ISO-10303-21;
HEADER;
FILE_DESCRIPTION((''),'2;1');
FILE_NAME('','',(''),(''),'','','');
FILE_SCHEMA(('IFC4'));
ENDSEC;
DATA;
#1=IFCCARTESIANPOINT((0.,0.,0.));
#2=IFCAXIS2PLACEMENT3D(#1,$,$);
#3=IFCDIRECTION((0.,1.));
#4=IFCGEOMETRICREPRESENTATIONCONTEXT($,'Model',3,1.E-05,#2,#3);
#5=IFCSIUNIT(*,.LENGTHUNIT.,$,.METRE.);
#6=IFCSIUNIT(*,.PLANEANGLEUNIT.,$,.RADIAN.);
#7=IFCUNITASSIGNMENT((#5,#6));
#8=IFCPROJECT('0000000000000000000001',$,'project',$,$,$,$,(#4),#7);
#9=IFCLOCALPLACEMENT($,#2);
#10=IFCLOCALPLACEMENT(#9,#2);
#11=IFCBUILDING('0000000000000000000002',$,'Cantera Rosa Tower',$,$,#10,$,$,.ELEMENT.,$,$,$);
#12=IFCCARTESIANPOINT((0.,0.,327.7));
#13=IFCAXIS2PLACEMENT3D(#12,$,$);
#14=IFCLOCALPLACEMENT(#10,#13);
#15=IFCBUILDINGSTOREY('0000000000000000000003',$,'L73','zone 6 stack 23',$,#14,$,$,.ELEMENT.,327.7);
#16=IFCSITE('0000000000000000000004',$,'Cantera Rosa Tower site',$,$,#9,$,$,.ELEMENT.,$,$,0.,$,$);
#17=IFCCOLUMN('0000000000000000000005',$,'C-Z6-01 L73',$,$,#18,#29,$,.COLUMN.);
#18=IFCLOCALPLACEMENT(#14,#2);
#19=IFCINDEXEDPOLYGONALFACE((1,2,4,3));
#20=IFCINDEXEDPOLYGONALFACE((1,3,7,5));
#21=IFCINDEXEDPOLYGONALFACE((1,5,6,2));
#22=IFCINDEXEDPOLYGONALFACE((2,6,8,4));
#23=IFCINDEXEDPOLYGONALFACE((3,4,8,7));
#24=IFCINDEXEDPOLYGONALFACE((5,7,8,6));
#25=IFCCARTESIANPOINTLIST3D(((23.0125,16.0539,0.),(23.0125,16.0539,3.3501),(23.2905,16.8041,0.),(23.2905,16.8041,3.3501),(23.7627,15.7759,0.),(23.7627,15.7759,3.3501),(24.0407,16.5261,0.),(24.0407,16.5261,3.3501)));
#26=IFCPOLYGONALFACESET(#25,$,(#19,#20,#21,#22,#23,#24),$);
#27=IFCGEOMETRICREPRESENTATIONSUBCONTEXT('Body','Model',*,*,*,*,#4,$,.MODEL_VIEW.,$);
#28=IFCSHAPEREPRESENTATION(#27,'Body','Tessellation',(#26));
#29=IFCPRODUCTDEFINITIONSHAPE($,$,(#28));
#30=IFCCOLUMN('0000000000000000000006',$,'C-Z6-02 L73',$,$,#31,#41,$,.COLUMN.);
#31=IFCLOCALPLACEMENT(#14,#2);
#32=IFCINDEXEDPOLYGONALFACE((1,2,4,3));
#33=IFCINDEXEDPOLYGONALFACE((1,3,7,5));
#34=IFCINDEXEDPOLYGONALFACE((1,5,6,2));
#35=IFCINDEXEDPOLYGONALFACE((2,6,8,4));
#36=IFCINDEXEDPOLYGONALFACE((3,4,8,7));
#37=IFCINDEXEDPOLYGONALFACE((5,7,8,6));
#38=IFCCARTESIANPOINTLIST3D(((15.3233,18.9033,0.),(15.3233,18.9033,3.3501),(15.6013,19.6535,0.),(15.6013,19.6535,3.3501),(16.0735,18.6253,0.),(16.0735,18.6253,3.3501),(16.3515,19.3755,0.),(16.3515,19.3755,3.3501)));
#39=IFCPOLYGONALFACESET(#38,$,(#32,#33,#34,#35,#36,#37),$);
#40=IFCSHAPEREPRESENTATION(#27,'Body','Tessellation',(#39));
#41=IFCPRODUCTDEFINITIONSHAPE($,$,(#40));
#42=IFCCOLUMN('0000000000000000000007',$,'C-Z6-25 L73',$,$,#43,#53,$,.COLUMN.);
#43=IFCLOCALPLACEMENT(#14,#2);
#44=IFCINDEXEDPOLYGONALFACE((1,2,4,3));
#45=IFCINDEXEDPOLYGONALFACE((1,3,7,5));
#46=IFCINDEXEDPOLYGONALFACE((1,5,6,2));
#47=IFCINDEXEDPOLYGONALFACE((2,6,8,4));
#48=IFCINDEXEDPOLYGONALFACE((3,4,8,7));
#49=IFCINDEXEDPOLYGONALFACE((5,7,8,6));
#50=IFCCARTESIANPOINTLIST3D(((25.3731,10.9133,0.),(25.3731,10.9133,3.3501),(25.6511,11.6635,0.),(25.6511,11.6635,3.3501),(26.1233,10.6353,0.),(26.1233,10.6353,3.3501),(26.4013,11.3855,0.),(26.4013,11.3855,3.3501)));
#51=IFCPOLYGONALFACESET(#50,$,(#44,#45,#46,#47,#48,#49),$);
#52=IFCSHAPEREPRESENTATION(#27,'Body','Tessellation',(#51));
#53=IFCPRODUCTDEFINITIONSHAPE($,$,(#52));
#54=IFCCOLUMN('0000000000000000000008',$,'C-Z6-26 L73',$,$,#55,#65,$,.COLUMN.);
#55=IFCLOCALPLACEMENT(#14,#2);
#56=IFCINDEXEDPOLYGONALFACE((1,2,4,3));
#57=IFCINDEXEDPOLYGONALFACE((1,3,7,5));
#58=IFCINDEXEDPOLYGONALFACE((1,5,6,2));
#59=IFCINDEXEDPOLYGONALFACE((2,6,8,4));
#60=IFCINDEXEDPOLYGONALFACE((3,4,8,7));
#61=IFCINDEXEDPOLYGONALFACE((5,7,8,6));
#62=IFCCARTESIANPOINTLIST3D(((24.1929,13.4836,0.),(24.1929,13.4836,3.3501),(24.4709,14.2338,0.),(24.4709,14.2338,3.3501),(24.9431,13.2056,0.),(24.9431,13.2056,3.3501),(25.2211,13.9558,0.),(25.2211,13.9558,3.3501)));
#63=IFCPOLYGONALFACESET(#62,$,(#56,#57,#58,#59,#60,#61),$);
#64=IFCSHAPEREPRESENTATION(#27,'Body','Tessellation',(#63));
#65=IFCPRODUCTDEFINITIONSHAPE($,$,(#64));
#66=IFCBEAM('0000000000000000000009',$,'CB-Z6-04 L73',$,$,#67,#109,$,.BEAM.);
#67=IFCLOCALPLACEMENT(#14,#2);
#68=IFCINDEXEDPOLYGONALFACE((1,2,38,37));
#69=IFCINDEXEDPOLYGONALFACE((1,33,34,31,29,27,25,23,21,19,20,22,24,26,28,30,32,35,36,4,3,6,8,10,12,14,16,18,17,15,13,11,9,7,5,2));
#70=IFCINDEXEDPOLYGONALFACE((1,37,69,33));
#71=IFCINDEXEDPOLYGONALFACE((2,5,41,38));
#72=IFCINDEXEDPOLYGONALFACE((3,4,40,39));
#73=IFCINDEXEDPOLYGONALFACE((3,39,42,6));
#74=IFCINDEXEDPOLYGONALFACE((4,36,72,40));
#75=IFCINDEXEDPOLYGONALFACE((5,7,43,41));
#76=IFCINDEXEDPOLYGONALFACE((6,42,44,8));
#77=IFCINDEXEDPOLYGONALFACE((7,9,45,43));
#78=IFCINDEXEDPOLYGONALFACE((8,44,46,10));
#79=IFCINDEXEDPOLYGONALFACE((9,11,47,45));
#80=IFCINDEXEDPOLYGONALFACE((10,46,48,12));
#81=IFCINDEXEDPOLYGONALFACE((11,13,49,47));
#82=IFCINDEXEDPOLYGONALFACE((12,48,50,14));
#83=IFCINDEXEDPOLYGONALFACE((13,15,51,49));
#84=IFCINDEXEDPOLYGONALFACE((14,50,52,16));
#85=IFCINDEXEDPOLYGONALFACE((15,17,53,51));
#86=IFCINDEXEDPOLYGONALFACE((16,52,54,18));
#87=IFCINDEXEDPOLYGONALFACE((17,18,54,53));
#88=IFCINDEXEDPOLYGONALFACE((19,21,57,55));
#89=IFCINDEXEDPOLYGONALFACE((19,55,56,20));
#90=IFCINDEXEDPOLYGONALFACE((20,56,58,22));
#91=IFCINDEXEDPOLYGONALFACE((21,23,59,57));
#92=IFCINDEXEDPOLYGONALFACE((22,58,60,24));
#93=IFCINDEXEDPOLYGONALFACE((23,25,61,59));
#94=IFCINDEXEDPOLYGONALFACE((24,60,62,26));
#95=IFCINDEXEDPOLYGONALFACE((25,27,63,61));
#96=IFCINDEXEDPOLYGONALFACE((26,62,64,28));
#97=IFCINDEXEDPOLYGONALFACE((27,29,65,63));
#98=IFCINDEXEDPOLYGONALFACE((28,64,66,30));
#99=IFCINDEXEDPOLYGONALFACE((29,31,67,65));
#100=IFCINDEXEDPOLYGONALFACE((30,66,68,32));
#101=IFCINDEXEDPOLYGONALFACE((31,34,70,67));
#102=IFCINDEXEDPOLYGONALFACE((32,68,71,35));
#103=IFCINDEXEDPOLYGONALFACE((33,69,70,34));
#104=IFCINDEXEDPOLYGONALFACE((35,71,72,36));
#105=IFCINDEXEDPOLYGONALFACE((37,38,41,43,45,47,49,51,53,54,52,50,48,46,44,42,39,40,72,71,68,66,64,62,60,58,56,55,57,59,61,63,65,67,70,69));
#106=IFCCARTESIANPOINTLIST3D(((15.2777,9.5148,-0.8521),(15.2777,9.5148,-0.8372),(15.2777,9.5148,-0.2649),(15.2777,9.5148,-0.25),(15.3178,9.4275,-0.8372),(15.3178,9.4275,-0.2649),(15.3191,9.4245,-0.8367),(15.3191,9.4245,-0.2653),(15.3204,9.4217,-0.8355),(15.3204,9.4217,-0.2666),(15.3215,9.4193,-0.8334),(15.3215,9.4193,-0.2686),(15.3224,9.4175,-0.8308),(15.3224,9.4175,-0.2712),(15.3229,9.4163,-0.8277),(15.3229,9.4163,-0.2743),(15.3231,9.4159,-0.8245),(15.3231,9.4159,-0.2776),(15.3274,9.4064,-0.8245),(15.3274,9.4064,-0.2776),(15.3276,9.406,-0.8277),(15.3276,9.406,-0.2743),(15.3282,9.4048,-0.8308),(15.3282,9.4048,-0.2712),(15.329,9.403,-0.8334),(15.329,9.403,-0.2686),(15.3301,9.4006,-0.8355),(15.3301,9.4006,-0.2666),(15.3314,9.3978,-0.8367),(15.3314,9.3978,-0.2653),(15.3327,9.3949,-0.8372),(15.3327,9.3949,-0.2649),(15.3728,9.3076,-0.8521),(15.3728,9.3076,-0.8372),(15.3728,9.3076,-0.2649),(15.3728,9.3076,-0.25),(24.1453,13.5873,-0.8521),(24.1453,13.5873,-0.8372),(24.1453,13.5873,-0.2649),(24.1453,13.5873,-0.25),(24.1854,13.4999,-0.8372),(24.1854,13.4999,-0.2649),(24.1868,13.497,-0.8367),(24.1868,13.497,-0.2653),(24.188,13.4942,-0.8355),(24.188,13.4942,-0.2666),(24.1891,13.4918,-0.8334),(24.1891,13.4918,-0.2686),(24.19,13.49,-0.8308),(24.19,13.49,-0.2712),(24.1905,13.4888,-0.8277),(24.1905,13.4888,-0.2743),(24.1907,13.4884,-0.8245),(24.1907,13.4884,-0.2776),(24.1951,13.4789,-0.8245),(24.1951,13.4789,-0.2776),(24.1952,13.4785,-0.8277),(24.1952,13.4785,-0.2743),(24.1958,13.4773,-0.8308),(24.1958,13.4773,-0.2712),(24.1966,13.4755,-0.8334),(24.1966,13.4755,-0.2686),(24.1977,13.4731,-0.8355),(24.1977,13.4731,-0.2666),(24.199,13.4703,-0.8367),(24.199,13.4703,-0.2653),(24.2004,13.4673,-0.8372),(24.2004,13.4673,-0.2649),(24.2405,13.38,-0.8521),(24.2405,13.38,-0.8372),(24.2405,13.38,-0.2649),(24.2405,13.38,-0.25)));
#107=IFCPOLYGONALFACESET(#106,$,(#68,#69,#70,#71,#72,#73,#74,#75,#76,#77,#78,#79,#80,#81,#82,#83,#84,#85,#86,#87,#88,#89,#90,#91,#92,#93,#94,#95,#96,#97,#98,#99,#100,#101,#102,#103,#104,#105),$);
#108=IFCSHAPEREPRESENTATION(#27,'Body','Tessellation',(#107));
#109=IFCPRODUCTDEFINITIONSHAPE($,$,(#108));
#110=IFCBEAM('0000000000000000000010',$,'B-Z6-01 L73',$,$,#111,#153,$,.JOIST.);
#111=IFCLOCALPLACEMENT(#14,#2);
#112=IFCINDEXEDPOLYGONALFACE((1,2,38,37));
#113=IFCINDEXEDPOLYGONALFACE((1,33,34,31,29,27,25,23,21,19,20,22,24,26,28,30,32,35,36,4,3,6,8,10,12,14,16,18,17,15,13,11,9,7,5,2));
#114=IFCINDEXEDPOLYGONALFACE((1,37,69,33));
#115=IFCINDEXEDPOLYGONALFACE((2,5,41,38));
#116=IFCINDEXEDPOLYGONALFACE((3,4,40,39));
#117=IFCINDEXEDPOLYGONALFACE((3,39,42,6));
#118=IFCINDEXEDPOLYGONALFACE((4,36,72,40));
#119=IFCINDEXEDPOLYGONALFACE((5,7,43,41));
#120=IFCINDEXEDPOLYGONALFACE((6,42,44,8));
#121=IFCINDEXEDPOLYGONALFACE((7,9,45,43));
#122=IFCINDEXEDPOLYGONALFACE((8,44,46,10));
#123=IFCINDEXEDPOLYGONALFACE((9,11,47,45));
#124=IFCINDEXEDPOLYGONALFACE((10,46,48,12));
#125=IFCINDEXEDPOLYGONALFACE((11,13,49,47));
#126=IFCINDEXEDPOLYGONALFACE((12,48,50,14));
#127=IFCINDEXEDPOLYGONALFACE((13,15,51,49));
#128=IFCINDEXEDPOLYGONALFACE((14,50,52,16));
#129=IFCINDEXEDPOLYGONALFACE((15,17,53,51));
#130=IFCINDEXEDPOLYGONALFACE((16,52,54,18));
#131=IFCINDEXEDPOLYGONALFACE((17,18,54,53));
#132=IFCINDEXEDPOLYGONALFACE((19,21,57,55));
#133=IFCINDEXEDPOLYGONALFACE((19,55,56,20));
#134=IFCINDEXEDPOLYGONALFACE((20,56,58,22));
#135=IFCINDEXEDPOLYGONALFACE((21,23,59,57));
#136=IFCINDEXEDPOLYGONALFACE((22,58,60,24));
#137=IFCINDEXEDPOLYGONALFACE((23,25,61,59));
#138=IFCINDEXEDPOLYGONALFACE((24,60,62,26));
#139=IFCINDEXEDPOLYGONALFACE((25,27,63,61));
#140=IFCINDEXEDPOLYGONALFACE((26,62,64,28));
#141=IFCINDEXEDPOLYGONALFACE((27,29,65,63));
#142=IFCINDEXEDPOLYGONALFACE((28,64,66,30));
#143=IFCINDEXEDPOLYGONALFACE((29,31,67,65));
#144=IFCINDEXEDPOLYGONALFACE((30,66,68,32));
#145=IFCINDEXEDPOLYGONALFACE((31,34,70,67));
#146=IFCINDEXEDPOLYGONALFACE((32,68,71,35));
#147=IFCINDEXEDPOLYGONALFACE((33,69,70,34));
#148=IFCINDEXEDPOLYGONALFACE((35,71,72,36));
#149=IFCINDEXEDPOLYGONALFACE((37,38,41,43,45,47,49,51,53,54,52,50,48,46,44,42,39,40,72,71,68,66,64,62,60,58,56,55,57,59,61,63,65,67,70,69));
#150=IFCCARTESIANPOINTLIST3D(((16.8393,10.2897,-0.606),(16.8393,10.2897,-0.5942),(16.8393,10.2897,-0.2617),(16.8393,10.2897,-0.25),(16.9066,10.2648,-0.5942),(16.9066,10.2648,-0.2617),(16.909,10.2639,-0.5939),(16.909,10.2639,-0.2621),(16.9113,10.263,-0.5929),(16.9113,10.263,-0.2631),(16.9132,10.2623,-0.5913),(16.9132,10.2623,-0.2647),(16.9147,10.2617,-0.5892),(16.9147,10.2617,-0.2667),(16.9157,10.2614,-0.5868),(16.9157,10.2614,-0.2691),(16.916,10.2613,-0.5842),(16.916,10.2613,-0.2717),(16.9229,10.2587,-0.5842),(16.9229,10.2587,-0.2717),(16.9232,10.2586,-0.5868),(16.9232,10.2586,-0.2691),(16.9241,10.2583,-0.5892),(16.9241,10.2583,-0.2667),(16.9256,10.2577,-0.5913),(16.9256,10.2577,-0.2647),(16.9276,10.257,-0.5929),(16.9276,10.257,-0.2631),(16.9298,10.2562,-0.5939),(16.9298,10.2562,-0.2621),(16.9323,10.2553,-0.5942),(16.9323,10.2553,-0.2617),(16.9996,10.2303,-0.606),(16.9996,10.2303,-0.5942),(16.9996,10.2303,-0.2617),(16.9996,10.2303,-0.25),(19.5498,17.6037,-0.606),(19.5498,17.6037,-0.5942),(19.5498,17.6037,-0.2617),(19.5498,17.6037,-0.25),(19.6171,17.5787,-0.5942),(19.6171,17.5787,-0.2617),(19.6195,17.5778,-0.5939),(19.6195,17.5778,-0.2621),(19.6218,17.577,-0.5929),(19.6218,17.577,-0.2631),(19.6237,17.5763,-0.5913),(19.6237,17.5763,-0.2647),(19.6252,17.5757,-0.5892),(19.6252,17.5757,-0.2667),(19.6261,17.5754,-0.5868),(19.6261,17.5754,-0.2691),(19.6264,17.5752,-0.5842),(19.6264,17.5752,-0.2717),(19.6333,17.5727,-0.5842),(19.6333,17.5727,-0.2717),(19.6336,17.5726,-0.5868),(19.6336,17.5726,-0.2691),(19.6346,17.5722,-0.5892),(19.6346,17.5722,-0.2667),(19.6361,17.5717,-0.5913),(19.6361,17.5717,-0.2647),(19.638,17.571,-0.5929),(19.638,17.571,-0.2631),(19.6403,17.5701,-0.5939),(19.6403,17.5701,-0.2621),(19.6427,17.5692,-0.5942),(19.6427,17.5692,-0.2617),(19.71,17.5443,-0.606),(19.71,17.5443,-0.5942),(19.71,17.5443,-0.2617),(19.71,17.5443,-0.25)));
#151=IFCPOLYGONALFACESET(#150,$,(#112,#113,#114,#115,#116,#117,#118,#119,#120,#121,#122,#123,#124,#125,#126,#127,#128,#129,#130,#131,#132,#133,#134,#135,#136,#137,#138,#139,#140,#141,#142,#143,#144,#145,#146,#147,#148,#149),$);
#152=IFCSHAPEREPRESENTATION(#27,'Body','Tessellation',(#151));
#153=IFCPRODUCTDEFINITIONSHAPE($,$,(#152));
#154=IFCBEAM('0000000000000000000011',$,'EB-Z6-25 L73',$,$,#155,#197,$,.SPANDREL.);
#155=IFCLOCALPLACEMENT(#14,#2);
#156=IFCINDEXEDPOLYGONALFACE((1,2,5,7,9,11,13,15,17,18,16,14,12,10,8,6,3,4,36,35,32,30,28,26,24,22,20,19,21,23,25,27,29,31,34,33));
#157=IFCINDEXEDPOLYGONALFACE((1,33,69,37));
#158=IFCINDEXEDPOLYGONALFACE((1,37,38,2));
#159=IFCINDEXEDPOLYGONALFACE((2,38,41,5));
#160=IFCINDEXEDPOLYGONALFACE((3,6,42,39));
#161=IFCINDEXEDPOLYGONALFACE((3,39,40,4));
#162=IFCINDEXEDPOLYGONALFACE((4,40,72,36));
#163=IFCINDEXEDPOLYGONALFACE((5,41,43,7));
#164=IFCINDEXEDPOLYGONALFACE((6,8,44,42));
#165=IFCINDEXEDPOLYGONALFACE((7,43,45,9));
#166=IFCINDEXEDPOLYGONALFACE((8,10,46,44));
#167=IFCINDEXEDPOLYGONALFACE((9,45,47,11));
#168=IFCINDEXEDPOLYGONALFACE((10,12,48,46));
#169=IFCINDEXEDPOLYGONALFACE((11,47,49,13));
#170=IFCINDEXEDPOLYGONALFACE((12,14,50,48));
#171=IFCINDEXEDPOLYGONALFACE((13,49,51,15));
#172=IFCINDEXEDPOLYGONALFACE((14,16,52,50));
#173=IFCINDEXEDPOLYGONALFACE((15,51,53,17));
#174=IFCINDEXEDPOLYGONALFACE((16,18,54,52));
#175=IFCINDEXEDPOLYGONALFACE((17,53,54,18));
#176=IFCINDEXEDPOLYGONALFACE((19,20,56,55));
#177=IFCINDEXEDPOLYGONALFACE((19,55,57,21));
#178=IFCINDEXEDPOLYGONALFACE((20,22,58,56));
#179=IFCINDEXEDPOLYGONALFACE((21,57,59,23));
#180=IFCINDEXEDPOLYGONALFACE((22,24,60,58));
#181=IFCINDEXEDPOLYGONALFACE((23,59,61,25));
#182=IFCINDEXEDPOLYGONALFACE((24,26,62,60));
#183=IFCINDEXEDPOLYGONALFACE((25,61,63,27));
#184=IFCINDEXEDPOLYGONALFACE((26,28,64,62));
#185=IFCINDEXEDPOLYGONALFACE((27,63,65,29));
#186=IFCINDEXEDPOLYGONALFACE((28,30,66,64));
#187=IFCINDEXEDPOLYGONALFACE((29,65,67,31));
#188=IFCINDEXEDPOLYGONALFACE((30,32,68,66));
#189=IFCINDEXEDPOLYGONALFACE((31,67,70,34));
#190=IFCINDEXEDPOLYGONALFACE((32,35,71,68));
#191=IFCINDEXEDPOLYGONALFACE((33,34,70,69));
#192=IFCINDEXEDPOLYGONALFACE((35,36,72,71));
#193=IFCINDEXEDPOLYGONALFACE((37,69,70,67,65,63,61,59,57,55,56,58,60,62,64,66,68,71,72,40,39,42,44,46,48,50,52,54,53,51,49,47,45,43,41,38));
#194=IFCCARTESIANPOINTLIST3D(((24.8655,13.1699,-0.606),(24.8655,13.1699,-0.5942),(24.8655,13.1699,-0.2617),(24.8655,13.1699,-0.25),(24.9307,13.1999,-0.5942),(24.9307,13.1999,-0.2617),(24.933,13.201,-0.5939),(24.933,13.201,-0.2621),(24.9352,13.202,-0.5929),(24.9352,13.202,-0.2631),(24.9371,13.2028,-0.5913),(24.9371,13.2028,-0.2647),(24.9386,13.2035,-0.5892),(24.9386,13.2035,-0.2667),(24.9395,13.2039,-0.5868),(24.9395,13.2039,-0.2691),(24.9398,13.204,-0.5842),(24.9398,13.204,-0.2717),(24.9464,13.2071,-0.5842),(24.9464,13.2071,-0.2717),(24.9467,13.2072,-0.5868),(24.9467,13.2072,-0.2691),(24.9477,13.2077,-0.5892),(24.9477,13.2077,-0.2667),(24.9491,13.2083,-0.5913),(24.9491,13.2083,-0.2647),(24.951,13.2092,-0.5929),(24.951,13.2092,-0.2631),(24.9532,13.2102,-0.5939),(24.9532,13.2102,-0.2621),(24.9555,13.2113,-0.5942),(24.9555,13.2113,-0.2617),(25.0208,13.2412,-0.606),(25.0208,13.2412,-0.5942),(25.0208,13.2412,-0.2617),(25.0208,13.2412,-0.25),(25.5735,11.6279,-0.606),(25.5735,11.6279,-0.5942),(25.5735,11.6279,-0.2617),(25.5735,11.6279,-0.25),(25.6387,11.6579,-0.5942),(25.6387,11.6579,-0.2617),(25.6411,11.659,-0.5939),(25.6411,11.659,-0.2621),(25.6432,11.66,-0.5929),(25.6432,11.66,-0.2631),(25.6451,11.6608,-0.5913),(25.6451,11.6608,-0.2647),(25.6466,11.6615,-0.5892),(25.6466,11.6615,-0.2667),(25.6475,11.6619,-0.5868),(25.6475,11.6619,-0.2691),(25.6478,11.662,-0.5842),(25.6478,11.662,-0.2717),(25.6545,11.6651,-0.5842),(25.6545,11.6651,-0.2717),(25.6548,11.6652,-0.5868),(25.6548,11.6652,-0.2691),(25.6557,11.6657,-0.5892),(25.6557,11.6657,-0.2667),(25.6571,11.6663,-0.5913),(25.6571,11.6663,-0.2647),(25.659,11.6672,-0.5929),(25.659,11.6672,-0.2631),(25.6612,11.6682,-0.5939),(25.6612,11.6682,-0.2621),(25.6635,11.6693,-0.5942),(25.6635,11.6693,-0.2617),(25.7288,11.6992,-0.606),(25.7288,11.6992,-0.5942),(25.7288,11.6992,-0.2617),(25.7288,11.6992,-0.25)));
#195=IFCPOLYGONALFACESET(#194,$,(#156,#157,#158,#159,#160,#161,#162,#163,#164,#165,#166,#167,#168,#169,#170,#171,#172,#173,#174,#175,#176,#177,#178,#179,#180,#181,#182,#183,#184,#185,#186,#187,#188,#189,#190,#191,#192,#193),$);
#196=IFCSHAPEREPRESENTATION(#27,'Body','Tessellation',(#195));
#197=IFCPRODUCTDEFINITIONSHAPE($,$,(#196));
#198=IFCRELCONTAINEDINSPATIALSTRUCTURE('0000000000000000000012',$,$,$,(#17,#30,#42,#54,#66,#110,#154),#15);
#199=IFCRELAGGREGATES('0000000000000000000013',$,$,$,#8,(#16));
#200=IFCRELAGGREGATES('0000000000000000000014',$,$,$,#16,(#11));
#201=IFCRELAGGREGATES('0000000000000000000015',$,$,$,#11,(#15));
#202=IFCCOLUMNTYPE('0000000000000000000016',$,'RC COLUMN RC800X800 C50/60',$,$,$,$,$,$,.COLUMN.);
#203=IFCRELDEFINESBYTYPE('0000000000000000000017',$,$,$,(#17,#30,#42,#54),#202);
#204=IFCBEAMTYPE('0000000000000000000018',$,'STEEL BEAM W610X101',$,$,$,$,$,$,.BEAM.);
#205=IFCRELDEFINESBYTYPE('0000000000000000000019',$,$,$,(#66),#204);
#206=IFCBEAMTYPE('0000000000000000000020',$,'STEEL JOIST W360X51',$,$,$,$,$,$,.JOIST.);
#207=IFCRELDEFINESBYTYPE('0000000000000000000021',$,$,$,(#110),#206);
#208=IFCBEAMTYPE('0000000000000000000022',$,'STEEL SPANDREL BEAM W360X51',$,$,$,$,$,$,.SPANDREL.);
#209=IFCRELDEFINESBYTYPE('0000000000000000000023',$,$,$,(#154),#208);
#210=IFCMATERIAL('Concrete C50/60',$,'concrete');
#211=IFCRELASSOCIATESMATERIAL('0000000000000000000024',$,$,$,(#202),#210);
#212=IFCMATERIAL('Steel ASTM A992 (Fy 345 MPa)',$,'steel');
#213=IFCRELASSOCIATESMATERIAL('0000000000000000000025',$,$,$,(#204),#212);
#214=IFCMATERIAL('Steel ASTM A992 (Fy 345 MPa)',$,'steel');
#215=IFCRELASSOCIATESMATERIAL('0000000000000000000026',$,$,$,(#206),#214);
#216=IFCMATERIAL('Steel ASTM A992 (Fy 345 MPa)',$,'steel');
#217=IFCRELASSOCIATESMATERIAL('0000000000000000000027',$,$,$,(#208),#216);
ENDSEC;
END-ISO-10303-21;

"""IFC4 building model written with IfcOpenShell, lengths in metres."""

from ifc_helpers import new_model, si_unit, direction, frame, origin, origin_2d, place, context, subcontext, project, spatial, rectangle, i_section, extrude, material, material_profile, profile_set, type_object, element, save


model = new_model("IFC4")

# Units and contexts
model_context = context("Model", 3, precision=1e-05, world=origin(), true_north=direction((0.0, 1.0)))
body_context = subcontext(model_context, "Body", "Model", "MODEL_VIEW")
ifc_project = project(units=[si_unit("LENGTHUNIT", "METRE"), si_unit("PLANEANGLEUNIT", "RADIAN")], contexts=[model_context])

# Site, building, storey
site_placement = place(None, origin())
site = spatial("IfcSite", under=ifc_project, at=site_placement, Name="Cantera Rosa Tower site", CompositionType="ELEMENT", RefElevation=0.0)
building_placement = place(site_placement, origin())
building = spatial("IfcBuilding", under=site, at=building_placement, Name="Cantera Rosa Tower", CompositionType="ELEMENT")
storey_placement = place(building_placement, frame((0.0, 0.0, 327.7)))
storey = spatial("IfcBuildingStorey", under=building, at=storey_placement, Name="L73", Description="zone 6 stack 23", CompositionType="ELEMENT", Elevation=327.7)

# Columns
ifc_material_1 = material(Name="Concrete C50/60", Category="concrete")
ifc_material_profile_1 = material_profile(ifc_material_1, rectangle(XDim=0.8, YDim=0.8, at=origin_2d()), Name="RC COLUMN RC800X800 C50/60")
ifc_profile_set_1 = profile_set([ifc_material_profile_1], Name="Concrete C50/60")
column_type = type_object("IfcColumnType", Name="RC COLUMN RC800X800 C50/60", PredefinedType="COLUMN", material=ifc_profile_set_1)
for number, where, z_axis, x_axis, name in (
    (1, (23.5266, 16.29, 0.0), (0.0, 0.0, 1.0), (0.347481, 0.937687, 0.0), "C-Z6-01 L73"),
    (2, (15.8374, 19.1394, 0.0), (0.0, 0.0, 1.0), (0.347481, 0.937687, 0.0), "C-Z6-02 L73"),
    (3, (25.8872, 11.1494, 0.0), (0.0, 0.0, 1.0), (0.347481, 0.937687, 0.0), "C-Z6-25 L73"),
    (4, (24.707, 13.7197, 0.0), (0.0, 0.0, 1.0), (0.347481, 0.937687, 0.0), "C-Z6-26 L73"),
):
    element("IfcColumn", number, at=place(storey_placement, frame(where, z_axis=z_axis, x_axis=x_axis)), inside=storey, type_object=column_type, Name=name, PredefinedType="COLUMN", context=body_context, shape_type="SweptSolid", body=[
        extrude(rectangle(XDim=0.8, YDim=0.8, at=origin_2d()), origin(), (0.0, 0.0, 1.0), 3.3501),
    ])

# Beams
ifc_material_2 = material(Name="Steel ASTM A992 (Fy 345 MPa)", Category="steel")
ifc_material_profile_2 = material_profile(ifc_material_2, i_section(OverallWidth=0.228, OverallDepth=0.6021, WebThickness=0.0105, FlangeThickness=0.0149, FilletRadius=0.0127, at=origin_2d()), Name="W610X101")
ifc_profile_set_2 = profile_set([ifc_material_profile_2], Name="Steel ASTM A992 (Fy 345 MPa)")
beam_type_1 = type_object("IfcBeamType", Name="STEEL BEAM W610X101", PredefinedType="BEAM", material=ifc_profile_set_2)
beam_1_placement = place(storey_placement, frame((24.1929, 13.4836, -0.551), z_axis=(-0.908748, -0.417346, 0.0), x_axis=(0.417346, -0.908748, 0.0)))
element("IfcBeam", 5, at=beam_1_placement, inside=storey, type_object=beam_type_1, Name="CB-Z6-04 L73", PredefinedType="BEAM", context=body_context, shape_type="SweptSolid", body=[
    extrude(i_section(OverallWidth=0.228, OverallDepth=0.6021, WebThickness=0.0105, FlangeThickness=0.0149, FilletRadius=0.0127, at=origin_2d()), origin(), (0.0, 0.0, 1.0), 9.7581),
])
ifc_material_3 = material(Name="Steel ASTM A992 (Fy 345 MPa)", Category="steel")
ifc_material_profile_3 = material_profile(ifc_material_3, i_section(OverallWidth=0.1709, OverallDepth=0.356, WebThickness=0.0073, FlangeThickness=0.0117, FilletRadius=0.01, at=origin_2d()), Name="W360X51")
ifc_profile_set_3 = profile_set([ifc_material_profile_3], Name="Steel ASTM A992 (Fy 345 MPa)")
beam_type_2 = type_object("IfcBeamType", Name="STEEL JOIST W360X51", PredefinedType="JOIST", material=ifc_profile_set_3)
beam_2_placement = place(storey_placement, frame((19.6299, 17.574, -0.428), z_axis=(-0.347492, -0.937683, 0.0), x_axis=(0.937683, -0.347492, 0.0)))
element("IfcBeam", 6, at=beam_2_placement, inside=storey, type_object=beam_type_2, Name="B-Z6-01 L73", PredefinedType="JOIST", context=body_context, shape_type="SweptSolid", body=[
    extrude(i_section(OverallWidth=0.1709, OverallDepth=0.356, WebThickness=0.0073, FlangeThickness=0.0117, FilletRadius=0.01, at=origin_2d()), origin(), (0.0, 0.0, 1.0), 7.8),
])
ifc_material_4 = material(Name="Steel ASTM A992 (Fy 345 MPa)", Category="steel")
ifc_material_profile_4 = material_profile(ifc_material_4, i_section(OverallWidth=0.1709, OverallDepth=0.356, WebThickness=0.0073, FlangeThickness=0.0117, FilletRadius=0.01, at=origin_2d()), Name="W360X51")
ifc_profile_set_4 = profile_set([ifc_material_profile_4], Name="Steel ASTM A992 (Fy 345 MPa)")
beam_type_3 = type_object("IfcBeamType", Name="STEEL SPANDREL BEAM W360X51", PredefinedType="SPANDREL", material=ifc_profile_set_4)
for number, where, z_axis, x_axis, name in (
    (7, (25.6511, 11.6636, -0.428), (-0.417269, 0.908783, 0.0), (-0.908783, -0.417269, 0.0), "EB-Z6-25 L73"),
):
    element("IfcBeam", number, at=place(storey_placement, frame(where, z_axis=z_axis, x_axis=x_axis)), inside=storey, type_object=beam_type_3, Name=name, PredefinedType="SPANDREL", context=body_context, shape_type="SweptSolid", body=[
        extrude(i_section(OverallWidth=0.1709, OverallDepth=0.356, WebThickness=0.0073, FlangeThickness=0.0117, FilletRadius=0.01, at=origin_2d()), origin(), (0.0, 0.0, 1.0), 1.6968),
    ])

save(model, "model.ifc")
